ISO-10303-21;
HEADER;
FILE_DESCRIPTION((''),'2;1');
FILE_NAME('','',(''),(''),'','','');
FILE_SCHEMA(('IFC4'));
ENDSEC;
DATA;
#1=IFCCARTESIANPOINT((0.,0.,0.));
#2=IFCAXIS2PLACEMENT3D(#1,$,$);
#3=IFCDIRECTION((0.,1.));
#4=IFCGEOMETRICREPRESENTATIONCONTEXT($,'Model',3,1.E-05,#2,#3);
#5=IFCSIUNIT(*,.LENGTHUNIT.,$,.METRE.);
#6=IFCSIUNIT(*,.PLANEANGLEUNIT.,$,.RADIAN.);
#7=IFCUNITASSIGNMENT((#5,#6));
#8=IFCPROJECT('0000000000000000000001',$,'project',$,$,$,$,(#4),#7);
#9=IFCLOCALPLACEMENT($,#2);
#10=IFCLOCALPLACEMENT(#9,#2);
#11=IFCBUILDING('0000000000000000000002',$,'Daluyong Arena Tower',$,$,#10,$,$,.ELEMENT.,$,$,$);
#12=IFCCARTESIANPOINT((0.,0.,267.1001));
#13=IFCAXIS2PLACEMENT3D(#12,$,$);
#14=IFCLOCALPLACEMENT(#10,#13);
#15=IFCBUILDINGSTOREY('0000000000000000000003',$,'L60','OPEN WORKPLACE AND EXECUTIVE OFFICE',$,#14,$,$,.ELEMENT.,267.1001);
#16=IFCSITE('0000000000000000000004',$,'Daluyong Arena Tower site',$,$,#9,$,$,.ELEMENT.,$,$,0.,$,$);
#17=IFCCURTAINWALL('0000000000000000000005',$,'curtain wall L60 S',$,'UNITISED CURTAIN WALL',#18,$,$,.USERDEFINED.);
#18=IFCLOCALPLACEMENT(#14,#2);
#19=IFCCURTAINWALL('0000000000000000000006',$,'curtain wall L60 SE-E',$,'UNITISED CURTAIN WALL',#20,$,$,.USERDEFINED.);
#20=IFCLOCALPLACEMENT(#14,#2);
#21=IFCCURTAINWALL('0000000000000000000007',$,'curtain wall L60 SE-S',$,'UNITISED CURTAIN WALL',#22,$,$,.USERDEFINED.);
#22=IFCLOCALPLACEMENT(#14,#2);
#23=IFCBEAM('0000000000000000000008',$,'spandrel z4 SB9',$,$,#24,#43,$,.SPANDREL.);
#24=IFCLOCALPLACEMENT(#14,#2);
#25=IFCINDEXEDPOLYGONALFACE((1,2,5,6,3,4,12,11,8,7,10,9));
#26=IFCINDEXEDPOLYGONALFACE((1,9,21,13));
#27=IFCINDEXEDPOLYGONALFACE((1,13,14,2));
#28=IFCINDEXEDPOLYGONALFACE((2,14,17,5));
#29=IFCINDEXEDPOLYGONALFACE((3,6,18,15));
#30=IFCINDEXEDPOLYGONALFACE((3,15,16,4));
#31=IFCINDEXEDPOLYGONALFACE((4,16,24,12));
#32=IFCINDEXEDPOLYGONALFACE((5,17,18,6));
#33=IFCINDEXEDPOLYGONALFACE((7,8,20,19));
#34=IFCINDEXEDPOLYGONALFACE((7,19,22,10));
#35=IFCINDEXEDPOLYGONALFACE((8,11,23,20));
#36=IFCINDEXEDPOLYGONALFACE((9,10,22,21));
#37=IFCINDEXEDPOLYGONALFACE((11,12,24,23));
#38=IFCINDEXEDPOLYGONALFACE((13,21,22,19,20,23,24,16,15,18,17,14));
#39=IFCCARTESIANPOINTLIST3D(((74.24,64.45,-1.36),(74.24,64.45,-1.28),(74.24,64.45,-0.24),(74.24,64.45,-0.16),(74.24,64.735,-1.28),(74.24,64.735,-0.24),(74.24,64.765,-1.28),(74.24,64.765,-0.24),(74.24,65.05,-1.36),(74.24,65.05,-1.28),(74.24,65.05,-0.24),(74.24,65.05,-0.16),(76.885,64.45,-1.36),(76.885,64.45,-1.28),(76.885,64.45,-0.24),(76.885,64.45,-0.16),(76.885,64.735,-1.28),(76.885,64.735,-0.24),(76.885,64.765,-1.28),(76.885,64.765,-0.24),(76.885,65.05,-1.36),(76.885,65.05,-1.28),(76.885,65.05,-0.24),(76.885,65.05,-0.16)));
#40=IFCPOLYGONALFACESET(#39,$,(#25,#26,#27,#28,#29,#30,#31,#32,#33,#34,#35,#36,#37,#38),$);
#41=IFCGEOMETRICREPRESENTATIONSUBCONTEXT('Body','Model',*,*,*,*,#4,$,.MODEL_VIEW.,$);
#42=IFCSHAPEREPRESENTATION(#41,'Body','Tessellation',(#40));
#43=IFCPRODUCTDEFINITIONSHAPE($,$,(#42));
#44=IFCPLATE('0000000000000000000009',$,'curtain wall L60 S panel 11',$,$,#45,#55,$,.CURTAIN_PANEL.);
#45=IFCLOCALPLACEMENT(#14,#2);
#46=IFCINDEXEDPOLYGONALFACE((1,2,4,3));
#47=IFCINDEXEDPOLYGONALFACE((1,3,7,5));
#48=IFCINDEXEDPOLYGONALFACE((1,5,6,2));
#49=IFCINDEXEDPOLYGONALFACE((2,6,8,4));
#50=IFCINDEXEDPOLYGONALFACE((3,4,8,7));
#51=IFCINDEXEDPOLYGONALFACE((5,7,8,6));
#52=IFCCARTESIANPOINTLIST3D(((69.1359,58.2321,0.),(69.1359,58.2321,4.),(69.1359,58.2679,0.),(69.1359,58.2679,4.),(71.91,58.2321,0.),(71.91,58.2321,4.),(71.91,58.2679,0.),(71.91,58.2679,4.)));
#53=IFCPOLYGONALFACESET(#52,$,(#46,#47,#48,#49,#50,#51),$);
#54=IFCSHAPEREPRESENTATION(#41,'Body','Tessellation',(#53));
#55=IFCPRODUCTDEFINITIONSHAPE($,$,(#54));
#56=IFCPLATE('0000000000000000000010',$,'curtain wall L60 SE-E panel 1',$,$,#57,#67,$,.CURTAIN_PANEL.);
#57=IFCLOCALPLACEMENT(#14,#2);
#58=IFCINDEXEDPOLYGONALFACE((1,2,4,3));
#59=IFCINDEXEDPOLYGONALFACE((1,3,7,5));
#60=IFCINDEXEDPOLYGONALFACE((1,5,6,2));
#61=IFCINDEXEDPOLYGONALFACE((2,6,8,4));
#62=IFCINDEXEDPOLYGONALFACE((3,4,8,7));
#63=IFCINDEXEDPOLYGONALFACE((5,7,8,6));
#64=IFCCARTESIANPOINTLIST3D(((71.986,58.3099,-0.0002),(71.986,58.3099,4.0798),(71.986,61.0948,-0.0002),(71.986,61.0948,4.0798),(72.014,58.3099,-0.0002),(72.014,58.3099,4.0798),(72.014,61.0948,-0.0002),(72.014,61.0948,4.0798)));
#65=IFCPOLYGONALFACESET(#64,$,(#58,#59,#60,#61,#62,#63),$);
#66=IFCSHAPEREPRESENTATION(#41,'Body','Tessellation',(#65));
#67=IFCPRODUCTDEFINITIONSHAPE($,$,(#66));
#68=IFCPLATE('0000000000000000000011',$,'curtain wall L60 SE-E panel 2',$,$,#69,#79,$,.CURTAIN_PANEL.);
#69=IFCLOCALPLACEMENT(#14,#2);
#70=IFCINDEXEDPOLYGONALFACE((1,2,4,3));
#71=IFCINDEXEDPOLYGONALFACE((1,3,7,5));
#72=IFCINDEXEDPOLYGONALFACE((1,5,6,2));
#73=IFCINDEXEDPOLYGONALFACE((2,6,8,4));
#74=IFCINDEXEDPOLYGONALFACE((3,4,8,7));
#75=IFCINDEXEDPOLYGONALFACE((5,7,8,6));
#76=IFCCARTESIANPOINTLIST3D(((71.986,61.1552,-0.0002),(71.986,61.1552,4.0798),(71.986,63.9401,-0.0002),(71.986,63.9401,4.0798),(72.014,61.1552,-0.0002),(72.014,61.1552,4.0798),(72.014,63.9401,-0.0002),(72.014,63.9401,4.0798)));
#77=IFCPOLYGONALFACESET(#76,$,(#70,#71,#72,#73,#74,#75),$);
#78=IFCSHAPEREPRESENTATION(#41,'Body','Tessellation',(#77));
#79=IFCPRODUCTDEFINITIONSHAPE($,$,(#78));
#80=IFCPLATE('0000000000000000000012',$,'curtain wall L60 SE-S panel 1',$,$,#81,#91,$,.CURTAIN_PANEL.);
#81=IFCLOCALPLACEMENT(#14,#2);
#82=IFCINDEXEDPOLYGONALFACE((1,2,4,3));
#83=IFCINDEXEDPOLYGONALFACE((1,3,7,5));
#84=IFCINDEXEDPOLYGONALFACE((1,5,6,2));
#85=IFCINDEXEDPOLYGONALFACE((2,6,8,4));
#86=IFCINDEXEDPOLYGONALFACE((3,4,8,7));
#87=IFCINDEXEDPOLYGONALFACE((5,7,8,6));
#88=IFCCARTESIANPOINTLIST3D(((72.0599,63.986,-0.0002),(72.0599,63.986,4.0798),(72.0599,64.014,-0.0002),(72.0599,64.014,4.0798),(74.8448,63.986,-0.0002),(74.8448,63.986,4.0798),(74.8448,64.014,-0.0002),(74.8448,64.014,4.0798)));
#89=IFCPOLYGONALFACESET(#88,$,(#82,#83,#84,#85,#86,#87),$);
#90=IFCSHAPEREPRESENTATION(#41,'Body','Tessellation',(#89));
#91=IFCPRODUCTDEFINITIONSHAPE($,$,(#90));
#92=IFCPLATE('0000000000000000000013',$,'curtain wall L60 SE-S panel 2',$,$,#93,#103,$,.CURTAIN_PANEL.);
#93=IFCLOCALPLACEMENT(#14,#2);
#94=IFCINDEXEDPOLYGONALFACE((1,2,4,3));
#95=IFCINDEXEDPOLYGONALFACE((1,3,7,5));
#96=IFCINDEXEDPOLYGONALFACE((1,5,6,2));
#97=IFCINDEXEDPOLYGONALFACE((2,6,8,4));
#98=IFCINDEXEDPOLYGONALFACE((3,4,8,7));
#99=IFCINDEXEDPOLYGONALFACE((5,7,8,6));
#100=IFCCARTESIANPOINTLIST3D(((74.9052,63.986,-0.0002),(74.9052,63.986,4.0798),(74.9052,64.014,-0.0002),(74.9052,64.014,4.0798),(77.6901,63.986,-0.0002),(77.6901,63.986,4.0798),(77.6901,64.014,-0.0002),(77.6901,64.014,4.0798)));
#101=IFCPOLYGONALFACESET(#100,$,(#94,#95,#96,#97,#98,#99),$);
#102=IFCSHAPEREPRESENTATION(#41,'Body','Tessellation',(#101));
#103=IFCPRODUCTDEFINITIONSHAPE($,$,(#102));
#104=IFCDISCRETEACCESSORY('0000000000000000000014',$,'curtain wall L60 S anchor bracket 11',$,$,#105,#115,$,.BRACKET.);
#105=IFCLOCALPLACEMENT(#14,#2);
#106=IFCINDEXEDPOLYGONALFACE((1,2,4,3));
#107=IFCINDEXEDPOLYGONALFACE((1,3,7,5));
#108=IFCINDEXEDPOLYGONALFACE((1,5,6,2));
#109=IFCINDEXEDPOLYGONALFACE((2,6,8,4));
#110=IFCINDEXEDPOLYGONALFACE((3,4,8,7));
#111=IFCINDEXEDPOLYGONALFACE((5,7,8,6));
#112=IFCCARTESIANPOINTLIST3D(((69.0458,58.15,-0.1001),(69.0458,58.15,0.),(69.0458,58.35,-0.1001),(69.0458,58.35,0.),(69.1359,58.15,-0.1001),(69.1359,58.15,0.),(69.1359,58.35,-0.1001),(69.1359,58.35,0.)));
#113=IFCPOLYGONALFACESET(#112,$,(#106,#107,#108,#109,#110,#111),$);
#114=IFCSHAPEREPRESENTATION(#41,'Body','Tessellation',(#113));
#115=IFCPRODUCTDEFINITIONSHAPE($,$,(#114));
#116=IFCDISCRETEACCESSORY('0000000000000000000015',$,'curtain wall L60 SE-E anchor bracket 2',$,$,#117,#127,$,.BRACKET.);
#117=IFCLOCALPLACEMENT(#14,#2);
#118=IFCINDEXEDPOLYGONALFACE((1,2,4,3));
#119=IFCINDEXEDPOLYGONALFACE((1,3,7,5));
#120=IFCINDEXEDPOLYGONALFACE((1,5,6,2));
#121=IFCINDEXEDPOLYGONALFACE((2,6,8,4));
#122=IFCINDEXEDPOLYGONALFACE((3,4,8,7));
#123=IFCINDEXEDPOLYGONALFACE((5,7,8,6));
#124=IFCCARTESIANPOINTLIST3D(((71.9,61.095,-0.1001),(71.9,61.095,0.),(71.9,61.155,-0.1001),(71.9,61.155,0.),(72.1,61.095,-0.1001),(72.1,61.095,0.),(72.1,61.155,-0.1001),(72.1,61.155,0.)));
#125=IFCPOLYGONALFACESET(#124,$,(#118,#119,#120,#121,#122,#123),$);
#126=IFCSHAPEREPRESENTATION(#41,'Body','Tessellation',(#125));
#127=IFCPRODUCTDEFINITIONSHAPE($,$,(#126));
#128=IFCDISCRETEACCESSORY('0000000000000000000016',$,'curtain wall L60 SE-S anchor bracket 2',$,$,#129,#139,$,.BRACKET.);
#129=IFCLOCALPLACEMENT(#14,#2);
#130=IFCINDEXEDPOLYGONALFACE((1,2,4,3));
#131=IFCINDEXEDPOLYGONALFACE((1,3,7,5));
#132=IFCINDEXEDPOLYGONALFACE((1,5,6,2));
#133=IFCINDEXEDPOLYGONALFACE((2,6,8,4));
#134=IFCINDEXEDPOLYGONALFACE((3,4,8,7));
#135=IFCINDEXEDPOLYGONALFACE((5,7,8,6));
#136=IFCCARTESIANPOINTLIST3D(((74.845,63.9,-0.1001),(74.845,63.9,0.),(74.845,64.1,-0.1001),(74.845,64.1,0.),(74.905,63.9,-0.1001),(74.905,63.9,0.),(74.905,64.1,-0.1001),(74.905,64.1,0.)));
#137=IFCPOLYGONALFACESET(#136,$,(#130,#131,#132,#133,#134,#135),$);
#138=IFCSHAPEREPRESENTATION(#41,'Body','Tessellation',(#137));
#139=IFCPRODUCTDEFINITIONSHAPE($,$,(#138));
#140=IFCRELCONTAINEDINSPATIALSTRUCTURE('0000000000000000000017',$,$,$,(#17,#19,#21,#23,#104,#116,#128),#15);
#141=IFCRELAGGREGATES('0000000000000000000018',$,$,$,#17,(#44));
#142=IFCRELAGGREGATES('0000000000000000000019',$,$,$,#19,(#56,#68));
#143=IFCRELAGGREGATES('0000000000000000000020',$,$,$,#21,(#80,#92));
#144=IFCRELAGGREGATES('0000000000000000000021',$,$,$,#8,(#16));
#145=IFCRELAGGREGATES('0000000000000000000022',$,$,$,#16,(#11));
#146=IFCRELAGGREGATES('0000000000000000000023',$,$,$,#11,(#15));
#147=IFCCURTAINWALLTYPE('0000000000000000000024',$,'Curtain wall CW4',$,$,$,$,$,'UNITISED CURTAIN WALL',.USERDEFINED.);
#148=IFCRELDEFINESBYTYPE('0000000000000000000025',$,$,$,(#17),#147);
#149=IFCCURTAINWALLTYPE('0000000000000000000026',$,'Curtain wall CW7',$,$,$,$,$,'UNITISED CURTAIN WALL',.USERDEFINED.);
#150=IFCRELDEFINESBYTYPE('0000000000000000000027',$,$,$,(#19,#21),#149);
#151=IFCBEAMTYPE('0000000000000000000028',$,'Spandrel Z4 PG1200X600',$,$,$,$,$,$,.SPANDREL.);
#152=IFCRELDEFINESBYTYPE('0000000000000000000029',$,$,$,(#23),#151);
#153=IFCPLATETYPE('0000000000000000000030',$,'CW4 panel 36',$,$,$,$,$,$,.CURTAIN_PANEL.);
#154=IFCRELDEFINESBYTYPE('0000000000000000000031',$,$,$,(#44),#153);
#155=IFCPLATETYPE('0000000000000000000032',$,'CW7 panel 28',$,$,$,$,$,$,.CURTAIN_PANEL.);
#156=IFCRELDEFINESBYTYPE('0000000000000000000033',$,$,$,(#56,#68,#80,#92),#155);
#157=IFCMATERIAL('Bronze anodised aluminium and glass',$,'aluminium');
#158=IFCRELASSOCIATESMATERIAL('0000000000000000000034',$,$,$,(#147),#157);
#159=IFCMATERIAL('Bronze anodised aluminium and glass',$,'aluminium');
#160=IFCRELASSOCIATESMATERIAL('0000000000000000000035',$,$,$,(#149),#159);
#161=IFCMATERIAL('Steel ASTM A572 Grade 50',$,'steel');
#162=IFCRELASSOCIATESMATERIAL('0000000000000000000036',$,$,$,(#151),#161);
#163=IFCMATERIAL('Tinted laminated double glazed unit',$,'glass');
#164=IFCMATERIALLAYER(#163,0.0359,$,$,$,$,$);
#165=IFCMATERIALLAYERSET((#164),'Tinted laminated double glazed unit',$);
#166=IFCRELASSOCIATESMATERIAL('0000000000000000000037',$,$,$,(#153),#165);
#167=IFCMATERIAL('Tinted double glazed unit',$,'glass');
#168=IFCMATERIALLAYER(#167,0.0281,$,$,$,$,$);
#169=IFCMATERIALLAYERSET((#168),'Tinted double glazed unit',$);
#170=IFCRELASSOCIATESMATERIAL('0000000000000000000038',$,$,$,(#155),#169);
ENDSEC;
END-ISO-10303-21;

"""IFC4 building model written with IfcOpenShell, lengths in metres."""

from ifc_helpers import new_model, si_unit, direction, frame, origin, origin_2d, place, context, subcontext, project, spatial, rectangle, i_section, extrude, material, layer, layer_set, material_profile, profile_set, type_object, element, aggregate, save


model = new_model("IFC4")

# Units and contexts
model_context = context("Model", 3, precision=1e-05, world=origin(), true_north=direction((0.0, 1.0)))
body_context = subcontext(model_context, "Body", "Model", "MODEL_VIEW")
ifc_project = project(units=[si_unit("LENGTHUNIT", "METRE"), si_unit("PLANEANGLEUNIT", "RADIAN")], contexts=[model_context])

# Site, building, storey
site_placement = place(None, origin())
site = spatial("IfcSite", under=ifc_project, at=site_placement, Name="Daluyong Arena Tower site", CompositionType="ELEMENT", RefElevation=0.0)
building_placement = place(site_placement, origin())
building = spatial("IfcBuilding", under=site, at=building_placement, Name="Daluyong Arena Tower", CompositionType="ELEMENT")
storey_placement = place(building_placement, frame((0.0, 0.0, 267.1001)))
storey = spatial("IfcBuildingStorey", under=building, at=storey_placement, Name="L60", Description="OPEN WORKPLACE AND EXECUTIVE OFFICE", CompositionType="ELEMENT", Elevation=267.1001)

# Curtain wall
ifc_material_1 = material(Name="Bronze anodised aluminium and glass", Category="aluminium")
curtain_wall_type_1 = type_object("IfcCurtainWallType", Name="Curtain wall CW4", ElementType="UNITISED CURTAIN WALL", PredefinedType="USERDEFINED", material=ifc_material_1)
curtain_wall_1_placement = place(storey_placement, origin())
curtain_wall_1 = element("IfcCurtainWall", 1, at=curtain_wall_1_placement, inside=storey, type_object=curtain_wall_type_1, Name="curtain wall L60 S", ObjectType="UNITISED CURTAIN WALL", PredefinedType="USERDEFINED")

# Curtain walls
ifc_material_2 = material(Name="Bronze anodised aluminium and glass", Category="aluminium")
curtain_wall_type_2 = type_object("IfcCurtainWallType", Name="Curtain wall CW7", ElementType="UNITISED CURTAIN WALL", PredefinedType="USERDEFINED", material=ifc_material_2)
curtain_wall_2_placement = place(storey_placement, origin())
curtain_wall_2 = element("IfcCurtainWall", 2, at=curtain_wall_2_placement, inside=storey, type_object=curtain_wall_type_2, Name="curtain wall L60 SE-E", ObjectType="UNITISED CURTAIN WALL", PredefinedType="USERDEFINED")
curtain_wall_3_placement = place(storey_placement, origin())
curtain_wall_3 = element("IfcCurtainWall", 3, at=curtain_wall_3_placement, inside=storey, type_object=curtain_wall_type_2, Name="curtain wall L60 SE-S", ObjectType="UNITISED CURTAIN WALL", PredefinedType="USERDEFINED")

# Beam
ifc_material_3 = material(Name="Steel ASTM A572 Grade 50", Category="steel")
ifc_material_profile_1 = material_profile(ifc_material_3, i_section(OverallWidth=0.6001, OverallDepth=1.2, WebThickness=0.03, FlangeThickness=0.08, at=origin_2d()))
ifc_profile_set_1 = profile_set([ifc_material_profile_1], Name="Steel ASTM A572 Grade 50")
beam_type_1 = type_object("IfcBeamType", Name="Spandrel Z4 PG1200X600", PredefinedType="SPANDREL", material=ifc_profile_set_1)
for number, where, z_axis, x_axis, name in (
    (4, (74.24, 64.75, -0.76), (1.0, 0.0, 0.0), (0.0, 1.0, 0.0), "spandrel z4 SB9"),
):
    element("IfcBeam", number, at=place(storey_placement, frame(where, z_axis=z_axis, x_axis=x_axis)), inside=storey, type_object=beam_type_1, Name=name, PredefinedType="SPANDREL", context=body_context, shape_type="SweptSolid", body=[
        extrude(i_section(OverallWidth=0.6001, OverallDepth=1.2, WebThickness=0.03, FlangeThickness=0.08, at=origin_2d()), origin(), (0.0, 0.0, 1.0), 2.645),
    ])

# Plates
ifc_material_4 = material(Name="Tinted laminated double glazed unit", Category="glass")
ifc_layer_1 = layer(ifc_material_4, 0.0359)
ifc_layer_set_1 = layer_set([ifc_layer_1], Name="Tinted laminated double glazed unit")
plate_type_1 = type_object("IfcPlateType", Name="CW4 panel 36", PredefinedType="CURTAIN_PANEL", material=ifc_layer_set_1)
plate_1_placement = place(storey_placement, frame((70.5229, 58.25, 0.0), z_axis=(0.0, 0.0, 1.0), x_axis=(1.0, 0.0, 0.0)))
plate_1 = element("IfcPlate", 5, at=plate_1_placement, type_object=plate_type_1, Name="curtain wall L60 S panel 11", PredefinedType="CURTAIN_PANEL", context=body_context, shape_type="SweptSolid", body=[
    extrude(rectangle(XDim=2.7742, YDim=0.0359, at=origin_2d()), origin(), (0.0, 0.0, 1.0), 4.0),
])
aggregate(curtain_wall_1, [plate_1])
ifc_material_5 = material(Name="Tinted double glazed unit", Category="glass")
ifc_layer_2 = layer(ifc_material_5, 0.0281)
ifc_layer_set_2 = layer_set([ifc_layer_2], Name="Tinted double glazed unit")
plate_type_2 = type_object("IfcPlateType", Name="CW7 panel 28", PredefinedType="CURTAIN_PANEL", material=ifc_layer_set_2)
plate_2_placement = place(storey_placement, frame((72.0, 59.7024, -0.0002), z_axis=(0.0, 0.0, 1.0), x_axis=(0.0, 1.0, 0.0)))
plate_2 = element("IfcPlate", 6, at=plate_2_placement, type_object=plate_type_2, Name="curtain wall L60 SE-E panel 1", PredefinedType="CURTAIN_PANEL", context=body_context, shape_type="SweptSolid", body=[
    extrude(rectangle(XDim=2.7849, YDim=0.0281, at=origin_2d()), origin(), (0.0, 0.0, 1.0), 4.0801),
])
plate_3_placement = place(storey_placement, frame((72.0, 62.5476, -0.0002), z_axis=(0.0, 0.0, 1.0), x_axis=(0.0, 1.0, 0.0)))
plate_3 = element("IfcPlate", 7, at=plate_3_placement, type_object=plate_type_2, Name="curtain wall L60 SE-E panel 2", PredefinedType="CURTAIN_PANEL", context=body_context, shape_type="SweptSolid", body=[
    extrude(rectangle(XDim=2.7849, YDim=0.0281, at=origin_2d()), origin(), (0.0, 0.0, 1.0), 4.0801),
])
aggregate(curtain_wall_2, [plate_2, plate_3])
plate_4_placement = place(storey_placement, frame((73.4524, 64.0, -0.0002), z_axis=(0.0, 0.0, 1.0), x_axis=(1.0, 0.0, 0.0)))
plate_4 = element("IfcPlate", 8, at=plate_4_placement, type_object=plate_type_2, Name="curtain wall L60 SE-S panel 1", PredefinedType="CURTAIN_PANEL", context=body_context, shape_type="SweptSolid", body=[
    extrude(rectangle(XDim=2.7849, YDim=0.0281, at=origin_2d()), origin(), (0.0, 0.0, 1.0), 4.0801),
])
plate_5_placement = place(storey_placement, frame((76.2976, 64.0, -0.0002), z_axis=(0.0, 0.0, 1.0), x_axis=(1.0, 0.0, 0.0)))
plate_5 = element("IfcPlate", 9, at=plate_5_placement, type_object=plate_type_2, Name="curtain wall L60 SE-S panel 2", PredefinedType="CURTAIN_PANEL", context=body_context, shape_type="SweptSolid", body=[
    extrude(rectangle(XDim=2.7849, YDim=0.0281, at=origin_2d()), origin(), (0.0, 0.0, 1.0), 4.0801),
])
aggregate(curtain_wall_3, [plate_4, plate_5])

# Discrete accessories
discrete_accessory_placement = place(storey_placement, frame((69.0908, 58.25, -0.1001), z_axis=(0.0, 0.0, 1.0), x_axis=(1.0, 0.0, 0.0)))
element("IfcDiscreteAccessory", 10, at=discrete_accessory_placement, inside=storey, Name="curtain wall L60 S anchor bracket 11", PredefinedType="BRACKET", context=body_context, shape_type="SweptSolid", body=[
    extrude(rectangle(XDim=0.0901, YDim=0.2, at=origin_2d()), origin(), (0.0, 0.0, 1.0), 0.1001),
])
for number, where, z_axis, x_axis, name in (
    (11, (72.0, 61.125, -0.1001), (0.0, 0.0, 1.0), (0.0, 1.0, 0.0), "curtain wall L60 SE-E anchor bracket 2"),
    (12, (74.875, 64.0, -0.1001), (0.0, 0.0, 1.0), (1.0, 0.0, 0.0), "curtain wall L60 SE-S anchor bracket 2"),
):
    element("IfcDiscreteAccessory", number, at=place(storey_placement, frame(where, z_axis=z_axis, x_axis=x_axis)), inside=storey, Name=name, PredefinedType="BRACKET", context=body_context, shape_type="SweptSolid", body=[
        extrude(rectangle(XDim=0.0601, YDim=0.2, at=origin_2d()), origin(), (0.0, 0.0, 1.0), 0.1001),
    ])

save(model, "model.ifc")
